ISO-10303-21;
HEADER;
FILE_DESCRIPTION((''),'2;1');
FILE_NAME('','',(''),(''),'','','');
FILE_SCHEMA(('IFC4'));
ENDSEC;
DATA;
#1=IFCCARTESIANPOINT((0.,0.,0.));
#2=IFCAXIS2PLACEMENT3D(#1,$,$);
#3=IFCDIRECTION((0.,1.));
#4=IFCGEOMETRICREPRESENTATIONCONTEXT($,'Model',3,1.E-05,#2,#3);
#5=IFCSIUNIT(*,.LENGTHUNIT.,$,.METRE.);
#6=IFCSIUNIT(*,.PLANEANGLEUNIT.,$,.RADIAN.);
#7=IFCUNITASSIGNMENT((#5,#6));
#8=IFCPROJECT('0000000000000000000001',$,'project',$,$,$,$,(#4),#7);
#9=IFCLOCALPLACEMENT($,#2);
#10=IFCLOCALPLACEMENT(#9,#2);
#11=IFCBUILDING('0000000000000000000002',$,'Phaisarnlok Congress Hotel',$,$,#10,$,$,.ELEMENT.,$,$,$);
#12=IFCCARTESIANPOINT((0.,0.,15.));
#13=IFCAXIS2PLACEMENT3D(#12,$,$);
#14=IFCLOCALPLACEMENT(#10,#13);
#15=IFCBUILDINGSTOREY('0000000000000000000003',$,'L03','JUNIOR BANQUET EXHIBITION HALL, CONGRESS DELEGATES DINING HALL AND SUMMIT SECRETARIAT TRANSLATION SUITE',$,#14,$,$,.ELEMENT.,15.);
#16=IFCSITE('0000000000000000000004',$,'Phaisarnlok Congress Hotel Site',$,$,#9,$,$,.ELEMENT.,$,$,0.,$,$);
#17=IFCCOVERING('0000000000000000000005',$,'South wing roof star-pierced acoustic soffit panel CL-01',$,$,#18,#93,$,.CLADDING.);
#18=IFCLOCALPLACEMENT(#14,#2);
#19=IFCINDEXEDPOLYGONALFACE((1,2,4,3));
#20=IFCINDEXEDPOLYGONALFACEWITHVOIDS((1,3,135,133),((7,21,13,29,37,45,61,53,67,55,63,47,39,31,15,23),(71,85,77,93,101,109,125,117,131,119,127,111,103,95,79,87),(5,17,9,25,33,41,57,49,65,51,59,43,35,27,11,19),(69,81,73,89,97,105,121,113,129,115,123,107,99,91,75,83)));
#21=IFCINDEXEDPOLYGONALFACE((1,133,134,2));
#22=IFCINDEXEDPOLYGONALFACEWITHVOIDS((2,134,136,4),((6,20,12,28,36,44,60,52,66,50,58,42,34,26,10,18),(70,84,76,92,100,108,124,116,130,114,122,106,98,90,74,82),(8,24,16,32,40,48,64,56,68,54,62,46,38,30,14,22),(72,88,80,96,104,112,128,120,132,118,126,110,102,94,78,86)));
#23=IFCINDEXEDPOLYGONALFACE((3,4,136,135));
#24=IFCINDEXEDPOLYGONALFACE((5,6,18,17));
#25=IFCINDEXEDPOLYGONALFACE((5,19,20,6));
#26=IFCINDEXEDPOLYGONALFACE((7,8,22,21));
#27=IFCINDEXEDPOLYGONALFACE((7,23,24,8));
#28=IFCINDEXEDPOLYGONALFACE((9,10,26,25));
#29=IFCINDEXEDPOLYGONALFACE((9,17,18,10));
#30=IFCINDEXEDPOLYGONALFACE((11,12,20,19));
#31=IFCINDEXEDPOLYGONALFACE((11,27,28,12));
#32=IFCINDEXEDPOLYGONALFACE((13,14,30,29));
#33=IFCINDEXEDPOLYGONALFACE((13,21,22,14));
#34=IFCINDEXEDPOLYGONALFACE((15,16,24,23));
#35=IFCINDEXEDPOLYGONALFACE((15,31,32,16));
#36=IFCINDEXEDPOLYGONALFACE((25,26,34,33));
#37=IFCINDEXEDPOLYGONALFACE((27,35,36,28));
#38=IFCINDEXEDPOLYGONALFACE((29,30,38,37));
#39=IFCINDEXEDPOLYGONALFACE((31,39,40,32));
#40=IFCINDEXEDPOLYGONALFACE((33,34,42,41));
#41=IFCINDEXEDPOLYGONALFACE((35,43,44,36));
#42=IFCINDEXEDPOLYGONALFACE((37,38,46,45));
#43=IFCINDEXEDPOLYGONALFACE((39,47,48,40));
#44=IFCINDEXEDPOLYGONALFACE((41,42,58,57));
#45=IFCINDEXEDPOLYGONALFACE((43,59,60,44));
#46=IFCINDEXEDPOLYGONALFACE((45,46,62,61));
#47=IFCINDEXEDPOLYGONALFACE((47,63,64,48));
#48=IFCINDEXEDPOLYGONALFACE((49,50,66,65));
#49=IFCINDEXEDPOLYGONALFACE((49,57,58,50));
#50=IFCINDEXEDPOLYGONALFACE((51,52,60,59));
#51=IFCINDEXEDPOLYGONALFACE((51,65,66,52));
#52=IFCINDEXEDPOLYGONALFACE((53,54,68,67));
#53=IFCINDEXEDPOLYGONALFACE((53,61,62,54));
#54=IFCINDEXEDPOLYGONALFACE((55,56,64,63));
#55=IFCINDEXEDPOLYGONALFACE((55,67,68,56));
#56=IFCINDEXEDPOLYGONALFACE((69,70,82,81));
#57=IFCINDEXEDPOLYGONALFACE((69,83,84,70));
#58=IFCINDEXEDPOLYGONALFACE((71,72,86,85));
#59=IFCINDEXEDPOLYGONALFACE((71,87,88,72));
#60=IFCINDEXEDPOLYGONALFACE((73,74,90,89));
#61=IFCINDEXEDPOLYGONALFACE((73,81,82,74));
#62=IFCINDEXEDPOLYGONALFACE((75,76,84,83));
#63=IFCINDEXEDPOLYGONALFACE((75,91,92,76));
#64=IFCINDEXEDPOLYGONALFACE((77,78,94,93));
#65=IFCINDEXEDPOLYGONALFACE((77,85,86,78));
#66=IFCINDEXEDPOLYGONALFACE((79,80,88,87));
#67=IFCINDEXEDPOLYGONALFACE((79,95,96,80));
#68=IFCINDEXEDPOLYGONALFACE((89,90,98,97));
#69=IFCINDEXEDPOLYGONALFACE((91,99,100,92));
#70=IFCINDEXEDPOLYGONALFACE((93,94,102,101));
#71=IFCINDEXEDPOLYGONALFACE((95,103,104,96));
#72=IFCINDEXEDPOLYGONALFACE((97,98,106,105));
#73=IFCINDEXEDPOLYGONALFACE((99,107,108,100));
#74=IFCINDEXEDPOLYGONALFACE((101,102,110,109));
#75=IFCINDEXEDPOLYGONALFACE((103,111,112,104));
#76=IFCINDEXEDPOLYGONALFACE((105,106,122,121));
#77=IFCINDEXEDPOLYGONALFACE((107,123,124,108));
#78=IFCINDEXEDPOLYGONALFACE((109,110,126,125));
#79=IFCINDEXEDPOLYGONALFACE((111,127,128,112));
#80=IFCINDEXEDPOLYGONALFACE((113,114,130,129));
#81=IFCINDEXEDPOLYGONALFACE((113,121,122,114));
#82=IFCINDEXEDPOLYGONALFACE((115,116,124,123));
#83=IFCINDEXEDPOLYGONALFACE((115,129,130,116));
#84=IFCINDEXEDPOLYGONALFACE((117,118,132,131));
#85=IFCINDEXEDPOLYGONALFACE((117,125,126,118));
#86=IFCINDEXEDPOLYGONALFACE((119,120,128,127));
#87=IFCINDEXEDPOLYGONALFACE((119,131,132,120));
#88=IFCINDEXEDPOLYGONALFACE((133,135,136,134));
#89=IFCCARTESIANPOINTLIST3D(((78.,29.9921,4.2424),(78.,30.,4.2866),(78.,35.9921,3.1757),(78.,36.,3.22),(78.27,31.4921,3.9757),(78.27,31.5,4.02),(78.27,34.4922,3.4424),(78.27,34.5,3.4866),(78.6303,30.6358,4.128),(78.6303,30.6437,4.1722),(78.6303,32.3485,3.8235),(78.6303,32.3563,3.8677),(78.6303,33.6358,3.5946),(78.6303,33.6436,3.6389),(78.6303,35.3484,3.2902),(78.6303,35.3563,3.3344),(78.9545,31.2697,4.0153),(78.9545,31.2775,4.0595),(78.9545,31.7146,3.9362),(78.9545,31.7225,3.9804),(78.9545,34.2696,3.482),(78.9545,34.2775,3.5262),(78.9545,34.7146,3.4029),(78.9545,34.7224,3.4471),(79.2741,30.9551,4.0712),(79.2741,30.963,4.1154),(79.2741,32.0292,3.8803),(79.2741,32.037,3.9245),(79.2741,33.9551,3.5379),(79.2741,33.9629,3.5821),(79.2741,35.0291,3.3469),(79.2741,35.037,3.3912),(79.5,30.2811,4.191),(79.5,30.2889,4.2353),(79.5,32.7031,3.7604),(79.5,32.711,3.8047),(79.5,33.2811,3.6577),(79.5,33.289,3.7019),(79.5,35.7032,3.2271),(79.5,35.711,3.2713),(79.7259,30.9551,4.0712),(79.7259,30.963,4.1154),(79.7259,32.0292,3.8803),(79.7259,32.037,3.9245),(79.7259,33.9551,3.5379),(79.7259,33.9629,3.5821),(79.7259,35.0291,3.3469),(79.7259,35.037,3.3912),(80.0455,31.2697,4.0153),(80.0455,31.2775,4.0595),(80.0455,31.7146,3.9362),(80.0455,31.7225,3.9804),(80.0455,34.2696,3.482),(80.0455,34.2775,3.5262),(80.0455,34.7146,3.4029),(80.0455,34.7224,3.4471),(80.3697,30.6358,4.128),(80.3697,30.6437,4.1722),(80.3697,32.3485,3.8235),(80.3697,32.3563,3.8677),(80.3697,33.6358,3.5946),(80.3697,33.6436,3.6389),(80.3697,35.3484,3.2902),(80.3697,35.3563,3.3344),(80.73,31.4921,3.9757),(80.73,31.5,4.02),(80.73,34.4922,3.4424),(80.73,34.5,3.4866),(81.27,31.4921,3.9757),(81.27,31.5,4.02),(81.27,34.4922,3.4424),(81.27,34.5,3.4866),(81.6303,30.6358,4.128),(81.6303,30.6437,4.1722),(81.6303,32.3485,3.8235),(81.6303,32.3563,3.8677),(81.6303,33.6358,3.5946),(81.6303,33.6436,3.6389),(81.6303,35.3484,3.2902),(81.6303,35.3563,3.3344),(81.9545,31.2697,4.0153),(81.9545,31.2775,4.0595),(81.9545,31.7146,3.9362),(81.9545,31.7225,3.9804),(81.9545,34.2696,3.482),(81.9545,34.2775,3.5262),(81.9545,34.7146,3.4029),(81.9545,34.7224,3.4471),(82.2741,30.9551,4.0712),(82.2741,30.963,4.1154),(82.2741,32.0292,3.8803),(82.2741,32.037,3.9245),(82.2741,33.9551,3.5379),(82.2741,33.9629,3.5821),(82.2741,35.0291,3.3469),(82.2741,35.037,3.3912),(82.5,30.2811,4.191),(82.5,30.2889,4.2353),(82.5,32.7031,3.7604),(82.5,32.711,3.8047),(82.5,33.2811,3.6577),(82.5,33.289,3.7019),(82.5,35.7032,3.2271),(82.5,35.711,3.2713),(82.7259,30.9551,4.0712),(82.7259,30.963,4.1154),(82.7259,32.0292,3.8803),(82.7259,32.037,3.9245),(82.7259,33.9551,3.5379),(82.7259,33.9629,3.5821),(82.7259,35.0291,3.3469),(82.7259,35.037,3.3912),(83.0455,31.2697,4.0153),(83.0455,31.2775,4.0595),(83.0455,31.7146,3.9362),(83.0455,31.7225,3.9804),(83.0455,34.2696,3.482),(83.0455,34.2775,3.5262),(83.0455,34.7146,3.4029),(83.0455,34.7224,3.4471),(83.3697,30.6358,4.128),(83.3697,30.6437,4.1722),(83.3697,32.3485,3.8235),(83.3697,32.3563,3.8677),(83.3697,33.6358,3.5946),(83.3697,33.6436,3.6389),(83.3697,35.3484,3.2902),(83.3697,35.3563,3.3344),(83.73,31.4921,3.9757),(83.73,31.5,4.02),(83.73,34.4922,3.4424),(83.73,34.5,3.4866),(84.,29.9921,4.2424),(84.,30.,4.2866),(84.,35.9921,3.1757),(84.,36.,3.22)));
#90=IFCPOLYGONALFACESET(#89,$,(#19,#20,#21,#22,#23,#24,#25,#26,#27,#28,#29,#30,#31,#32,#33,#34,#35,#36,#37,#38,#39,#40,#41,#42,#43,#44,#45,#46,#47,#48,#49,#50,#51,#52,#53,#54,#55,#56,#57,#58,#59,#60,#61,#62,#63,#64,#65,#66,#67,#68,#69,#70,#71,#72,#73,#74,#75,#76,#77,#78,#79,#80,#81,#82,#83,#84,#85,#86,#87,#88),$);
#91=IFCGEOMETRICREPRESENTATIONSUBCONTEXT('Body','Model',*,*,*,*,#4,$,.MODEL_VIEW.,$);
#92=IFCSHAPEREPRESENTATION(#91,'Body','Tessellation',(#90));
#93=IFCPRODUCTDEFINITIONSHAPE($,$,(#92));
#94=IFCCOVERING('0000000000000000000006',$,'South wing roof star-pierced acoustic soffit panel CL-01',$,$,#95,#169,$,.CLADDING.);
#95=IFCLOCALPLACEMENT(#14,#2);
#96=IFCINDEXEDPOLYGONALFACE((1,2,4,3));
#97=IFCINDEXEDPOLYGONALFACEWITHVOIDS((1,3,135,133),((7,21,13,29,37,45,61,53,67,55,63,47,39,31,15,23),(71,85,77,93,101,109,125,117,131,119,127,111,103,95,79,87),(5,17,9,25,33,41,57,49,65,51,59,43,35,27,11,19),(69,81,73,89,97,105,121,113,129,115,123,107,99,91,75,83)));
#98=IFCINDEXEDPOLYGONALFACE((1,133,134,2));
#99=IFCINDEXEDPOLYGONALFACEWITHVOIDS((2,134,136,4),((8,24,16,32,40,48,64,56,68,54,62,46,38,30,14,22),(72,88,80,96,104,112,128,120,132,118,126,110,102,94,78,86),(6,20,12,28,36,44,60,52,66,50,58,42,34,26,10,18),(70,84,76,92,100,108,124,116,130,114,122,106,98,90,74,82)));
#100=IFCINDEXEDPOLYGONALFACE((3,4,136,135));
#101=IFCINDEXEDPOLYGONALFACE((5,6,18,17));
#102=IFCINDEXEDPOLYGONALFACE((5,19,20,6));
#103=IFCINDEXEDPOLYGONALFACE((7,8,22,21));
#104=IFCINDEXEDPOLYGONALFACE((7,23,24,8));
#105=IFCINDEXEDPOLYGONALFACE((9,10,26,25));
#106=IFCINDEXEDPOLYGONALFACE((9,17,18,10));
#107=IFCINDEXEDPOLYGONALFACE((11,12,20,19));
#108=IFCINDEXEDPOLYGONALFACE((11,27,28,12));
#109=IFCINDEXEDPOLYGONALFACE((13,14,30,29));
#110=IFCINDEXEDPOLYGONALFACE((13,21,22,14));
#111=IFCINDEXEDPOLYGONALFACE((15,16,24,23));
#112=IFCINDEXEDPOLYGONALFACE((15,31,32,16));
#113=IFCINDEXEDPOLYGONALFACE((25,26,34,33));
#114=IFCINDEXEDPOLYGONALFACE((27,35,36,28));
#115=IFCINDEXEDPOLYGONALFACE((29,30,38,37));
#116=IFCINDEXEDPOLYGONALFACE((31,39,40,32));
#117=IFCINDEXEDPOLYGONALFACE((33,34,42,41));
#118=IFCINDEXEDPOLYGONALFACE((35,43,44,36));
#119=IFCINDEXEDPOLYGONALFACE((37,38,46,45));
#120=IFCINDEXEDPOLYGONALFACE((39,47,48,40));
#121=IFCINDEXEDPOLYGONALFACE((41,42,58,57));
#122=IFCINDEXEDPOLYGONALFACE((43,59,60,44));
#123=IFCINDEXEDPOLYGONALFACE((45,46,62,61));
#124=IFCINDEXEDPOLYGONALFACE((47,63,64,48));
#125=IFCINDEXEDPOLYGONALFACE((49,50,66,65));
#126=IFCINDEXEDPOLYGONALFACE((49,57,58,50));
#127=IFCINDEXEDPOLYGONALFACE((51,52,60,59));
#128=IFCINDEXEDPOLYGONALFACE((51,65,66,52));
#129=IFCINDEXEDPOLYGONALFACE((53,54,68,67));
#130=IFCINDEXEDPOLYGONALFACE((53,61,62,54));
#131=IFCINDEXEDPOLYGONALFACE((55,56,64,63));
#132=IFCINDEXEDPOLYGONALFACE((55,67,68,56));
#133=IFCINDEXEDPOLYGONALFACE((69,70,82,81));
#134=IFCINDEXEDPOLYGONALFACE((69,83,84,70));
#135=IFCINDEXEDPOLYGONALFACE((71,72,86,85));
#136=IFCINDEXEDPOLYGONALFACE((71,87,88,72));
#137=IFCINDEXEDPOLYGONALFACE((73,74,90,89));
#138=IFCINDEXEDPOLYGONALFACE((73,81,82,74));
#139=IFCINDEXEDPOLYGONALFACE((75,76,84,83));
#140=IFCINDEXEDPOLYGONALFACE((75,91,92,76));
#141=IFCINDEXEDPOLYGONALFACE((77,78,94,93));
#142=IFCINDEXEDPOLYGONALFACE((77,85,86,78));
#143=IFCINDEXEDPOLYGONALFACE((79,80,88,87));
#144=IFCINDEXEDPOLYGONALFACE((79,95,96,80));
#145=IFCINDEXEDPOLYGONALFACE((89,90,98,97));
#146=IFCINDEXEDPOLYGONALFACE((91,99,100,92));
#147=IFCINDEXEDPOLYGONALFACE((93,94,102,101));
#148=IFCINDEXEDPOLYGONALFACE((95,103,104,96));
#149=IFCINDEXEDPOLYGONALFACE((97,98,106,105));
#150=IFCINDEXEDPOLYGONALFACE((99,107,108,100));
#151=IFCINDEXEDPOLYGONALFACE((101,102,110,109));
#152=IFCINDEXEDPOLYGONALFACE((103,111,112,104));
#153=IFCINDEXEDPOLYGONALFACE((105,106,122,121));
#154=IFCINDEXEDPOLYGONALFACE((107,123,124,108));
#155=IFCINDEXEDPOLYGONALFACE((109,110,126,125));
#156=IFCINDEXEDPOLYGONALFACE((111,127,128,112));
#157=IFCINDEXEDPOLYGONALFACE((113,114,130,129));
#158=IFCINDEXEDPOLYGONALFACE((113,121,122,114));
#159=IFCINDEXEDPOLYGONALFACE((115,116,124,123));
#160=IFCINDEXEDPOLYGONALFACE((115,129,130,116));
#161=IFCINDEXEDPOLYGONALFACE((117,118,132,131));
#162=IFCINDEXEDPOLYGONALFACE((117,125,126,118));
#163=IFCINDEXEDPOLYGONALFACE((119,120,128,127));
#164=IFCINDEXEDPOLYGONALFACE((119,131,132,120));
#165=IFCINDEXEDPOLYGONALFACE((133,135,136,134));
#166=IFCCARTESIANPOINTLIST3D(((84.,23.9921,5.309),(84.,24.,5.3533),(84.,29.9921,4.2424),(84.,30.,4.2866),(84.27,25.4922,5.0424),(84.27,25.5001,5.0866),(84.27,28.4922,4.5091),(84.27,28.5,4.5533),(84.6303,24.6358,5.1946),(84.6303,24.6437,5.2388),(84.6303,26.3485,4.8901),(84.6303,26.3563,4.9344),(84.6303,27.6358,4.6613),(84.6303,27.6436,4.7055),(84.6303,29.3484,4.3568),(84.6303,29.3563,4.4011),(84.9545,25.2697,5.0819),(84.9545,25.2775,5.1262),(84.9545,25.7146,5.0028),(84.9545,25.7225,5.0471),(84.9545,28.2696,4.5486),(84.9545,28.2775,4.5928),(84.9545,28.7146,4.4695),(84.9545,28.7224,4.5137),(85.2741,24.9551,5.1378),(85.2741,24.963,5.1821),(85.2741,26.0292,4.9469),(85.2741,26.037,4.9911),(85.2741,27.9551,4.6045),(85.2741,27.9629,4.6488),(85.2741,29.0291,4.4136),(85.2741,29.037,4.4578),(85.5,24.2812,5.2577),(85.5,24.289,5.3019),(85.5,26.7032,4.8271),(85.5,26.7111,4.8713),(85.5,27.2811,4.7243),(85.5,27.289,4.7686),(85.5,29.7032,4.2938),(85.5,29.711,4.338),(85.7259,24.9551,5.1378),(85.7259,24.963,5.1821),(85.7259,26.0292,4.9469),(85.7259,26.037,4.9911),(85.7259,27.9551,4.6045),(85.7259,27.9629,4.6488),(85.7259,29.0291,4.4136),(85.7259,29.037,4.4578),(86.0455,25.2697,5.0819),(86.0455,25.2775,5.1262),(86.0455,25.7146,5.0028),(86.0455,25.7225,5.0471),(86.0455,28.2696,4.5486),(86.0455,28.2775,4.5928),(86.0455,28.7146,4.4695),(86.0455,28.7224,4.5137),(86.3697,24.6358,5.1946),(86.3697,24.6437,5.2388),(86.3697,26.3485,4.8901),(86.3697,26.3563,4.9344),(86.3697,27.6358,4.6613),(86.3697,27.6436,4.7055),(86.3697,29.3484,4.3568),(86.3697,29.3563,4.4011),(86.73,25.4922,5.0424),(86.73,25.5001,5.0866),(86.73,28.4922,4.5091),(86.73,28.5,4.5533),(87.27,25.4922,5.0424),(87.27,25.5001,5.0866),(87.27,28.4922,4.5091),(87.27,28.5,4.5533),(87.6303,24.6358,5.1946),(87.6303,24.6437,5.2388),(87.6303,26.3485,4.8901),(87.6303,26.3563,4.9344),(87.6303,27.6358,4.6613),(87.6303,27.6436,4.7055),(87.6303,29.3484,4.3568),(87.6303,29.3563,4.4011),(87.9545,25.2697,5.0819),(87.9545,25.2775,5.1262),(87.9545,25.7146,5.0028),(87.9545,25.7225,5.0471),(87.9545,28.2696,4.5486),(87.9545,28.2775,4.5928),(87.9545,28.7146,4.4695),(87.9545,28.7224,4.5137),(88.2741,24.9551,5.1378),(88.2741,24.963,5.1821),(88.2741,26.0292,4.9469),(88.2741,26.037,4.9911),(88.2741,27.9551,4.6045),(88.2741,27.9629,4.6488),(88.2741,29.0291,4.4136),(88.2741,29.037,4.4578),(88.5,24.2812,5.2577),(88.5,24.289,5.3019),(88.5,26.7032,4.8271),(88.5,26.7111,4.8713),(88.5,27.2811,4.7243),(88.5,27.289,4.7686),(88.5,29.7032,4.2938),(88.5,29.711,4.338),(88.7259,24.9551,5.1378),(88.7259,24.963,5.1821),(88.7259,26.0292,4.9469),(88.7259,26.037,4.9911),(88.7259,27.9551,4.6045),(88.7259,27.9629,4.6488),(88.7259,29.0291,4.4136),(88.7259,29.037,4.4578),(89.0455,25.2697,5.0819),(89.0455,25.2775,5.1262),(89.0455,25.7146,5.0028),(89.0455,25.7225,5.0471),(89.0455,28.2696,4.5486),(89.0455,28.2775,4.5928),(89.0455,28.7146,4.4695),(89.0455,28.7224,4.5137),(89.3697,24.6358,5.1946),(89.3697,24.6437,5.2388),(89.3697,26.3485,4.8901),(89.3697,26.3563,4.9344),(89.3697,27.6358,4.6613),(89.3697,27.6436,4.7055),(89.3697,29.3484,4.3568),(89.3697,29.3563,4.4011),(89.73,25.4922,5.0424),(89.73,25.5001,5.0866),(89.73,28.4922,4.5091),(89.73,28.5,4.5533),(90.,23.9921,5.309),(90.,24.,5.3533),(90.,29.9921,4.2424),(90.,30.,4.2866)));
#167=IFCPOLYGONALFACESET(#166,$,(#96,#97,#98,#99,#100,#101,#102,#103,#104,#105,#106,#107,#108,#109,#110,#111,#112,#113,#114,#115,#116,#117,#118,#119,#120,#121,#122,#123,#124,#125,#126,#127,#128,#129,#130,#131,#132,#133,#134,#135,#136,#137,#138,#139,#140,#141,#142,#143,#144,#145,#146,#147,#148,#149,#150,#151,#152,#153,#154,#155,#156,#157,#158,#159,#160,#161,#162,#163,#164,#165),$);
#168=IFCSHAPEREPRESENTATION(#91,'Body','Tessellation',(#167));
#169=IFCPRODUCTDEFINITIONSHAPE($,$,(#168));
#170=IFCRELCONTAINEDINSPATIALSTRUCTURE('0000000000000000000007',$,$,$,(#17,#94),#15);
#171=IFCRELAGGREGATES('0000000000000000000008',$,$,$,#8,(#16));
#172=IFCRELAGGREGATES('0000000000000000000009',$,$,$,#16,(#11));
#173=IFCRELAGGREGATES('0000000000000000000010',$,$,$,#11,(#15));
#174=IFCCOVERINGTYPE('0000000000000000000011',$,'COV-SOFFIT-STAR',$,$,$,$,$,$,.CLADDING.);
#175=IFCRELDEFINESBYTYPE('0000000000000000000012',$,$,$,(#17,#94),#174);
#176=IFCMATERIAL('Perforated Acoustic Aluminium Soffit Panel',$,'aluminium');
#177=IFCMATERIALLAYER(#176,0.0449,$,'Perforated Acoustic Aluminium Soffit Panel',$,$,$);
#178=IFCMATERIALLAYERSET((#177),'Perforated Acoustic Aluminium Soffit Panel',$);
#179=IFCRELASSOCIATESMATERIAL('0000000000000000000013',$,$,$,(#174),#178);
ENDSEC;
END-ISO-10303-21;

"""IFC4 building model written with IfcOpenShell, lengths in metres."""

from ifc_helpers import new_model, si_unit, direction, frame, origin, place, context, subcontext, project, spatial, polyline, outline, extrude, material, layer, layer_set, type_object, element, save


model = new_model("IFC4")

# Units and contexts
model_context = context("Model", 3, precision=1e-05, world=origin(), true_north=direction((0.0, 1.0)))
body_context = subcontext(model_context, "Body", "Model", "MODEL_VIEW")
ifc_project = project(units=[si_unit("LENGTHUNIT", "METRE"), si_unit("PLANEANGLEUNIT", "RADIAN")], contexts=[model_context])

# Site, building, storey
site_placement = place(None, origin())
site = spatial("IfcSite", under=ifc_project, at=site_placement, Name="Phaisarnlok Congress Hotel Site", CompositionType="ELEMENT", RefElevation=0.0)
building_placement = place(site_placement, origin())
building = spatial("IfcBuilding", under=site, at=building_placement, Name="Phaisarnlok Congress Hotel", CompositionType="ELEMENT")
storey_placement = place(building_placement, frame((0.0, 0.0, 15.0)))
storey = spatial("IfcBuildingStorey", under=building, at=storey_placement, Name="L03", Description="JUNIOR BANQUET EXHIBITION HALL, CONGRESS DELEGATES DINING HALL AND SUMMIT SECRETARIAT TRANSLATION SUITE", CompositionType="ELEMENT", Elevation=15.0)

# Coverings
ifc_material_1 = material(Name="Perforated Acoustic Aluminium Soffit Panel", Category="aluminium")
ifc_layer_1 = layer(ifc_material_1, 0.0449, Name="Perforated Acoustic Aluminium Soffit Panel")
ifc_layer_set_1 = layer_set([ifc_layer_1], Name="Perforated Acoustic Aluminium Soffit Panel")
covering_type = type_object("IfcCoveringType", Name="COV-SOFFIT-STAR", PredefinedType="CLADDING", material=ifc_layer_set_1)
covering_1_placement = place(storey_placement, frame((78.0, 36.0, 3.22), z_axis=(0.0, -0.175031, -0.984563), x_axis=(1.0, 0.0, 0.0)))
element("IfcCovering", 1, at=covering_1_placement, inside=storey, type_object=covering_type, Name="South wing roof star-pierced acoustic soffit panel CL-01", PredefinedType="CLADDING", context=body_context, shape_type="SweptSolid", body=[
    extrude(outline(polyline([(0.0, 0.0), (6.0, 0.0), (6.0, 6.0941), (0.0, 6.0941), (0.0, 0.0)]), holes=[polyline([(2.0455, 1.2976), (2.3697, 0.6538), (1.7259, 0.9781), (1.5, 0.2935), (1.2741, 0.9781), (0.6303, 0.6538), (0.9545, 1.2976), (0.27, 1.5235), (0.9545, 1.7495), (0.6303, 2.3933), (1.2741, 2.069), (1.5, 2.7535), (1.7259, 2.069), (2.3697, 2.3933), (2.0455, 1.7495), (2.73, 1.5235), (2.0455, 1.2976)]), polyline([(2.0455, 4.3446), (2.3697, 3.7008), (1.7259, 4.0251), (1.5, 3.3406), (1.2741, 4.0251), (0.6303, 3.7008), (0.9545, 4.3446), (0.27, 4.5706), (0.9545, 4.7965), (0.6303, 5.4403), (1.2741, 5.116), (1.5, 5.8006), (1.7259, 5.116), (2.3697, 5.4403), (2.0455, 4.7965), (2.73, 4.5706), (2.0455, 4.3446)]), polyline([(5.0455, 1.2976), (5.3697, 0.6538), (4.7259, 0.9781), (4.5, 0.2935), (4.2741, 0.9781), (3.6303, 0.6538), (3.9545, 1.2976), (3.27, 1.5235), (3.9545, 1.7495), (3.6303, 2.3933), (4.2741, 2.069), (4.5, 2.7535), (4.7259, 2.069), (5.3697, 2.3933), (5.0455, 1.7495), (5.73, 1.5235), (5.0455, 1.2976)]), polyline([(5.0455, 4.3446), (5.3697, 3.7008), (4.7259, 4.0251), (4.5, 3.3406), (4.2741, 4.0251), (3.6303, 3.7008), (3.9545, 4.3446), (3.27, 4.5706), (3.9545, 4.7965), (3.6303, 5.4403), (4.2741, 5.116), (4.5, 5.8006), (4.7259, 5.116), (5.3697, 5.4403), (5.0455, 4.7965), (5.73, 4.5706), (5.0455, 4.3446)])]), origin(), (0.0, 0.0, 1.0), 0.0449),
])
covering_2_placement = place(storey_placement, frame((84.0, 30.0, 4.2866), z_axis=(0.0, -0.175031, -0.984563), x_axis=(1.0, 0.0, 0.0)))
element("IfcCovering", 2, at=covering_2_placement, inside=storey, type_object=covering_type, Name="South wing roof star-pierced acoustic soffit panel CL-01", PredefinedType="CLADDING", context=body_context, shape_type="SweptSolid", body=[
    extrude(outline(polyline([(0.0, 0.0), (6.0, 0.0), (6.0, 6.0941), (0.0, 6.0941), (0.0, 0.0)]), holes=[polyline([(2.0455, 1.2976), (2.3697, 0.6538), (1.7259, 0.9781), (1.5, 0.2935), (1.2741, 0.9781), (0.6303, 0.6538), (0.9545, 1.2976), (0.27, 1.5235), (0.9545, 1.7495), (0.6303, 2.3933), (1.2741, 2.069), (1.5, 2.7535), (1.7259, 2.069), (2.3697, 2.3933), (2.0455, 1.7495), (2.73, 1.5235), (2.0455, 1.2976)]), polyline([(2.0455, 4.3446), (2.3697, 3.7008), (1.7259, 4.0251), (1.5, 3.3405), (1.2741, 4.0251), (0.6303, 3.7008), (0.9545, 4.3446), (0.27, 4.5705), (0.9545, 4.7965), (0.6303, 5.4403), (1.2741, 5.116), (1.5, 5.8005), (1.7259, 5.116), (2.3697, 5.4403), (2.0455, 4.7965), (2.73, 4.5705), (2.0455, 4.3446)]), polyline([(5.0455, 1.2976), (5.3697, 0.6538), (4.7259, 0.9781), (4.5, 0.2935), (4.2741, 0.9781), (3.6303, 0.6538), (3.9545, 1.2976), (3.27, 1.5235), (3.9545, 1.7495), (3.6303, 2.3933), (4.2741, 2.069), (4.5, 2.7535), (4.7259, 2.069), (5.3697, 2.3933), (5.0455, 1.7495), (5.73, 1.5235), (5.0455, 1.2976)]), polyline([(5.0455, 4.3446), (5.3697, 3.7008), (4.7259, 4.0251), (4.5, 3.3405), (4.2741, 4.0251), (3.6303, 3.7008), (3.9545, 4.3446), (3.27, 4.5705), (3.9545, 4.7965), (3.6303, 5.4403), (4.2741, 5.116), (4.5, 5.8005), (4.7259, 5.116), (5.3697, 5.4403), (5.0455, 4.7965), (5.73, 4.5705), (5.0455, 4.3446)])]), origin(), (0.0, 0.0, 1.0), 0.0449),
])

save(model, "model.ifc")
